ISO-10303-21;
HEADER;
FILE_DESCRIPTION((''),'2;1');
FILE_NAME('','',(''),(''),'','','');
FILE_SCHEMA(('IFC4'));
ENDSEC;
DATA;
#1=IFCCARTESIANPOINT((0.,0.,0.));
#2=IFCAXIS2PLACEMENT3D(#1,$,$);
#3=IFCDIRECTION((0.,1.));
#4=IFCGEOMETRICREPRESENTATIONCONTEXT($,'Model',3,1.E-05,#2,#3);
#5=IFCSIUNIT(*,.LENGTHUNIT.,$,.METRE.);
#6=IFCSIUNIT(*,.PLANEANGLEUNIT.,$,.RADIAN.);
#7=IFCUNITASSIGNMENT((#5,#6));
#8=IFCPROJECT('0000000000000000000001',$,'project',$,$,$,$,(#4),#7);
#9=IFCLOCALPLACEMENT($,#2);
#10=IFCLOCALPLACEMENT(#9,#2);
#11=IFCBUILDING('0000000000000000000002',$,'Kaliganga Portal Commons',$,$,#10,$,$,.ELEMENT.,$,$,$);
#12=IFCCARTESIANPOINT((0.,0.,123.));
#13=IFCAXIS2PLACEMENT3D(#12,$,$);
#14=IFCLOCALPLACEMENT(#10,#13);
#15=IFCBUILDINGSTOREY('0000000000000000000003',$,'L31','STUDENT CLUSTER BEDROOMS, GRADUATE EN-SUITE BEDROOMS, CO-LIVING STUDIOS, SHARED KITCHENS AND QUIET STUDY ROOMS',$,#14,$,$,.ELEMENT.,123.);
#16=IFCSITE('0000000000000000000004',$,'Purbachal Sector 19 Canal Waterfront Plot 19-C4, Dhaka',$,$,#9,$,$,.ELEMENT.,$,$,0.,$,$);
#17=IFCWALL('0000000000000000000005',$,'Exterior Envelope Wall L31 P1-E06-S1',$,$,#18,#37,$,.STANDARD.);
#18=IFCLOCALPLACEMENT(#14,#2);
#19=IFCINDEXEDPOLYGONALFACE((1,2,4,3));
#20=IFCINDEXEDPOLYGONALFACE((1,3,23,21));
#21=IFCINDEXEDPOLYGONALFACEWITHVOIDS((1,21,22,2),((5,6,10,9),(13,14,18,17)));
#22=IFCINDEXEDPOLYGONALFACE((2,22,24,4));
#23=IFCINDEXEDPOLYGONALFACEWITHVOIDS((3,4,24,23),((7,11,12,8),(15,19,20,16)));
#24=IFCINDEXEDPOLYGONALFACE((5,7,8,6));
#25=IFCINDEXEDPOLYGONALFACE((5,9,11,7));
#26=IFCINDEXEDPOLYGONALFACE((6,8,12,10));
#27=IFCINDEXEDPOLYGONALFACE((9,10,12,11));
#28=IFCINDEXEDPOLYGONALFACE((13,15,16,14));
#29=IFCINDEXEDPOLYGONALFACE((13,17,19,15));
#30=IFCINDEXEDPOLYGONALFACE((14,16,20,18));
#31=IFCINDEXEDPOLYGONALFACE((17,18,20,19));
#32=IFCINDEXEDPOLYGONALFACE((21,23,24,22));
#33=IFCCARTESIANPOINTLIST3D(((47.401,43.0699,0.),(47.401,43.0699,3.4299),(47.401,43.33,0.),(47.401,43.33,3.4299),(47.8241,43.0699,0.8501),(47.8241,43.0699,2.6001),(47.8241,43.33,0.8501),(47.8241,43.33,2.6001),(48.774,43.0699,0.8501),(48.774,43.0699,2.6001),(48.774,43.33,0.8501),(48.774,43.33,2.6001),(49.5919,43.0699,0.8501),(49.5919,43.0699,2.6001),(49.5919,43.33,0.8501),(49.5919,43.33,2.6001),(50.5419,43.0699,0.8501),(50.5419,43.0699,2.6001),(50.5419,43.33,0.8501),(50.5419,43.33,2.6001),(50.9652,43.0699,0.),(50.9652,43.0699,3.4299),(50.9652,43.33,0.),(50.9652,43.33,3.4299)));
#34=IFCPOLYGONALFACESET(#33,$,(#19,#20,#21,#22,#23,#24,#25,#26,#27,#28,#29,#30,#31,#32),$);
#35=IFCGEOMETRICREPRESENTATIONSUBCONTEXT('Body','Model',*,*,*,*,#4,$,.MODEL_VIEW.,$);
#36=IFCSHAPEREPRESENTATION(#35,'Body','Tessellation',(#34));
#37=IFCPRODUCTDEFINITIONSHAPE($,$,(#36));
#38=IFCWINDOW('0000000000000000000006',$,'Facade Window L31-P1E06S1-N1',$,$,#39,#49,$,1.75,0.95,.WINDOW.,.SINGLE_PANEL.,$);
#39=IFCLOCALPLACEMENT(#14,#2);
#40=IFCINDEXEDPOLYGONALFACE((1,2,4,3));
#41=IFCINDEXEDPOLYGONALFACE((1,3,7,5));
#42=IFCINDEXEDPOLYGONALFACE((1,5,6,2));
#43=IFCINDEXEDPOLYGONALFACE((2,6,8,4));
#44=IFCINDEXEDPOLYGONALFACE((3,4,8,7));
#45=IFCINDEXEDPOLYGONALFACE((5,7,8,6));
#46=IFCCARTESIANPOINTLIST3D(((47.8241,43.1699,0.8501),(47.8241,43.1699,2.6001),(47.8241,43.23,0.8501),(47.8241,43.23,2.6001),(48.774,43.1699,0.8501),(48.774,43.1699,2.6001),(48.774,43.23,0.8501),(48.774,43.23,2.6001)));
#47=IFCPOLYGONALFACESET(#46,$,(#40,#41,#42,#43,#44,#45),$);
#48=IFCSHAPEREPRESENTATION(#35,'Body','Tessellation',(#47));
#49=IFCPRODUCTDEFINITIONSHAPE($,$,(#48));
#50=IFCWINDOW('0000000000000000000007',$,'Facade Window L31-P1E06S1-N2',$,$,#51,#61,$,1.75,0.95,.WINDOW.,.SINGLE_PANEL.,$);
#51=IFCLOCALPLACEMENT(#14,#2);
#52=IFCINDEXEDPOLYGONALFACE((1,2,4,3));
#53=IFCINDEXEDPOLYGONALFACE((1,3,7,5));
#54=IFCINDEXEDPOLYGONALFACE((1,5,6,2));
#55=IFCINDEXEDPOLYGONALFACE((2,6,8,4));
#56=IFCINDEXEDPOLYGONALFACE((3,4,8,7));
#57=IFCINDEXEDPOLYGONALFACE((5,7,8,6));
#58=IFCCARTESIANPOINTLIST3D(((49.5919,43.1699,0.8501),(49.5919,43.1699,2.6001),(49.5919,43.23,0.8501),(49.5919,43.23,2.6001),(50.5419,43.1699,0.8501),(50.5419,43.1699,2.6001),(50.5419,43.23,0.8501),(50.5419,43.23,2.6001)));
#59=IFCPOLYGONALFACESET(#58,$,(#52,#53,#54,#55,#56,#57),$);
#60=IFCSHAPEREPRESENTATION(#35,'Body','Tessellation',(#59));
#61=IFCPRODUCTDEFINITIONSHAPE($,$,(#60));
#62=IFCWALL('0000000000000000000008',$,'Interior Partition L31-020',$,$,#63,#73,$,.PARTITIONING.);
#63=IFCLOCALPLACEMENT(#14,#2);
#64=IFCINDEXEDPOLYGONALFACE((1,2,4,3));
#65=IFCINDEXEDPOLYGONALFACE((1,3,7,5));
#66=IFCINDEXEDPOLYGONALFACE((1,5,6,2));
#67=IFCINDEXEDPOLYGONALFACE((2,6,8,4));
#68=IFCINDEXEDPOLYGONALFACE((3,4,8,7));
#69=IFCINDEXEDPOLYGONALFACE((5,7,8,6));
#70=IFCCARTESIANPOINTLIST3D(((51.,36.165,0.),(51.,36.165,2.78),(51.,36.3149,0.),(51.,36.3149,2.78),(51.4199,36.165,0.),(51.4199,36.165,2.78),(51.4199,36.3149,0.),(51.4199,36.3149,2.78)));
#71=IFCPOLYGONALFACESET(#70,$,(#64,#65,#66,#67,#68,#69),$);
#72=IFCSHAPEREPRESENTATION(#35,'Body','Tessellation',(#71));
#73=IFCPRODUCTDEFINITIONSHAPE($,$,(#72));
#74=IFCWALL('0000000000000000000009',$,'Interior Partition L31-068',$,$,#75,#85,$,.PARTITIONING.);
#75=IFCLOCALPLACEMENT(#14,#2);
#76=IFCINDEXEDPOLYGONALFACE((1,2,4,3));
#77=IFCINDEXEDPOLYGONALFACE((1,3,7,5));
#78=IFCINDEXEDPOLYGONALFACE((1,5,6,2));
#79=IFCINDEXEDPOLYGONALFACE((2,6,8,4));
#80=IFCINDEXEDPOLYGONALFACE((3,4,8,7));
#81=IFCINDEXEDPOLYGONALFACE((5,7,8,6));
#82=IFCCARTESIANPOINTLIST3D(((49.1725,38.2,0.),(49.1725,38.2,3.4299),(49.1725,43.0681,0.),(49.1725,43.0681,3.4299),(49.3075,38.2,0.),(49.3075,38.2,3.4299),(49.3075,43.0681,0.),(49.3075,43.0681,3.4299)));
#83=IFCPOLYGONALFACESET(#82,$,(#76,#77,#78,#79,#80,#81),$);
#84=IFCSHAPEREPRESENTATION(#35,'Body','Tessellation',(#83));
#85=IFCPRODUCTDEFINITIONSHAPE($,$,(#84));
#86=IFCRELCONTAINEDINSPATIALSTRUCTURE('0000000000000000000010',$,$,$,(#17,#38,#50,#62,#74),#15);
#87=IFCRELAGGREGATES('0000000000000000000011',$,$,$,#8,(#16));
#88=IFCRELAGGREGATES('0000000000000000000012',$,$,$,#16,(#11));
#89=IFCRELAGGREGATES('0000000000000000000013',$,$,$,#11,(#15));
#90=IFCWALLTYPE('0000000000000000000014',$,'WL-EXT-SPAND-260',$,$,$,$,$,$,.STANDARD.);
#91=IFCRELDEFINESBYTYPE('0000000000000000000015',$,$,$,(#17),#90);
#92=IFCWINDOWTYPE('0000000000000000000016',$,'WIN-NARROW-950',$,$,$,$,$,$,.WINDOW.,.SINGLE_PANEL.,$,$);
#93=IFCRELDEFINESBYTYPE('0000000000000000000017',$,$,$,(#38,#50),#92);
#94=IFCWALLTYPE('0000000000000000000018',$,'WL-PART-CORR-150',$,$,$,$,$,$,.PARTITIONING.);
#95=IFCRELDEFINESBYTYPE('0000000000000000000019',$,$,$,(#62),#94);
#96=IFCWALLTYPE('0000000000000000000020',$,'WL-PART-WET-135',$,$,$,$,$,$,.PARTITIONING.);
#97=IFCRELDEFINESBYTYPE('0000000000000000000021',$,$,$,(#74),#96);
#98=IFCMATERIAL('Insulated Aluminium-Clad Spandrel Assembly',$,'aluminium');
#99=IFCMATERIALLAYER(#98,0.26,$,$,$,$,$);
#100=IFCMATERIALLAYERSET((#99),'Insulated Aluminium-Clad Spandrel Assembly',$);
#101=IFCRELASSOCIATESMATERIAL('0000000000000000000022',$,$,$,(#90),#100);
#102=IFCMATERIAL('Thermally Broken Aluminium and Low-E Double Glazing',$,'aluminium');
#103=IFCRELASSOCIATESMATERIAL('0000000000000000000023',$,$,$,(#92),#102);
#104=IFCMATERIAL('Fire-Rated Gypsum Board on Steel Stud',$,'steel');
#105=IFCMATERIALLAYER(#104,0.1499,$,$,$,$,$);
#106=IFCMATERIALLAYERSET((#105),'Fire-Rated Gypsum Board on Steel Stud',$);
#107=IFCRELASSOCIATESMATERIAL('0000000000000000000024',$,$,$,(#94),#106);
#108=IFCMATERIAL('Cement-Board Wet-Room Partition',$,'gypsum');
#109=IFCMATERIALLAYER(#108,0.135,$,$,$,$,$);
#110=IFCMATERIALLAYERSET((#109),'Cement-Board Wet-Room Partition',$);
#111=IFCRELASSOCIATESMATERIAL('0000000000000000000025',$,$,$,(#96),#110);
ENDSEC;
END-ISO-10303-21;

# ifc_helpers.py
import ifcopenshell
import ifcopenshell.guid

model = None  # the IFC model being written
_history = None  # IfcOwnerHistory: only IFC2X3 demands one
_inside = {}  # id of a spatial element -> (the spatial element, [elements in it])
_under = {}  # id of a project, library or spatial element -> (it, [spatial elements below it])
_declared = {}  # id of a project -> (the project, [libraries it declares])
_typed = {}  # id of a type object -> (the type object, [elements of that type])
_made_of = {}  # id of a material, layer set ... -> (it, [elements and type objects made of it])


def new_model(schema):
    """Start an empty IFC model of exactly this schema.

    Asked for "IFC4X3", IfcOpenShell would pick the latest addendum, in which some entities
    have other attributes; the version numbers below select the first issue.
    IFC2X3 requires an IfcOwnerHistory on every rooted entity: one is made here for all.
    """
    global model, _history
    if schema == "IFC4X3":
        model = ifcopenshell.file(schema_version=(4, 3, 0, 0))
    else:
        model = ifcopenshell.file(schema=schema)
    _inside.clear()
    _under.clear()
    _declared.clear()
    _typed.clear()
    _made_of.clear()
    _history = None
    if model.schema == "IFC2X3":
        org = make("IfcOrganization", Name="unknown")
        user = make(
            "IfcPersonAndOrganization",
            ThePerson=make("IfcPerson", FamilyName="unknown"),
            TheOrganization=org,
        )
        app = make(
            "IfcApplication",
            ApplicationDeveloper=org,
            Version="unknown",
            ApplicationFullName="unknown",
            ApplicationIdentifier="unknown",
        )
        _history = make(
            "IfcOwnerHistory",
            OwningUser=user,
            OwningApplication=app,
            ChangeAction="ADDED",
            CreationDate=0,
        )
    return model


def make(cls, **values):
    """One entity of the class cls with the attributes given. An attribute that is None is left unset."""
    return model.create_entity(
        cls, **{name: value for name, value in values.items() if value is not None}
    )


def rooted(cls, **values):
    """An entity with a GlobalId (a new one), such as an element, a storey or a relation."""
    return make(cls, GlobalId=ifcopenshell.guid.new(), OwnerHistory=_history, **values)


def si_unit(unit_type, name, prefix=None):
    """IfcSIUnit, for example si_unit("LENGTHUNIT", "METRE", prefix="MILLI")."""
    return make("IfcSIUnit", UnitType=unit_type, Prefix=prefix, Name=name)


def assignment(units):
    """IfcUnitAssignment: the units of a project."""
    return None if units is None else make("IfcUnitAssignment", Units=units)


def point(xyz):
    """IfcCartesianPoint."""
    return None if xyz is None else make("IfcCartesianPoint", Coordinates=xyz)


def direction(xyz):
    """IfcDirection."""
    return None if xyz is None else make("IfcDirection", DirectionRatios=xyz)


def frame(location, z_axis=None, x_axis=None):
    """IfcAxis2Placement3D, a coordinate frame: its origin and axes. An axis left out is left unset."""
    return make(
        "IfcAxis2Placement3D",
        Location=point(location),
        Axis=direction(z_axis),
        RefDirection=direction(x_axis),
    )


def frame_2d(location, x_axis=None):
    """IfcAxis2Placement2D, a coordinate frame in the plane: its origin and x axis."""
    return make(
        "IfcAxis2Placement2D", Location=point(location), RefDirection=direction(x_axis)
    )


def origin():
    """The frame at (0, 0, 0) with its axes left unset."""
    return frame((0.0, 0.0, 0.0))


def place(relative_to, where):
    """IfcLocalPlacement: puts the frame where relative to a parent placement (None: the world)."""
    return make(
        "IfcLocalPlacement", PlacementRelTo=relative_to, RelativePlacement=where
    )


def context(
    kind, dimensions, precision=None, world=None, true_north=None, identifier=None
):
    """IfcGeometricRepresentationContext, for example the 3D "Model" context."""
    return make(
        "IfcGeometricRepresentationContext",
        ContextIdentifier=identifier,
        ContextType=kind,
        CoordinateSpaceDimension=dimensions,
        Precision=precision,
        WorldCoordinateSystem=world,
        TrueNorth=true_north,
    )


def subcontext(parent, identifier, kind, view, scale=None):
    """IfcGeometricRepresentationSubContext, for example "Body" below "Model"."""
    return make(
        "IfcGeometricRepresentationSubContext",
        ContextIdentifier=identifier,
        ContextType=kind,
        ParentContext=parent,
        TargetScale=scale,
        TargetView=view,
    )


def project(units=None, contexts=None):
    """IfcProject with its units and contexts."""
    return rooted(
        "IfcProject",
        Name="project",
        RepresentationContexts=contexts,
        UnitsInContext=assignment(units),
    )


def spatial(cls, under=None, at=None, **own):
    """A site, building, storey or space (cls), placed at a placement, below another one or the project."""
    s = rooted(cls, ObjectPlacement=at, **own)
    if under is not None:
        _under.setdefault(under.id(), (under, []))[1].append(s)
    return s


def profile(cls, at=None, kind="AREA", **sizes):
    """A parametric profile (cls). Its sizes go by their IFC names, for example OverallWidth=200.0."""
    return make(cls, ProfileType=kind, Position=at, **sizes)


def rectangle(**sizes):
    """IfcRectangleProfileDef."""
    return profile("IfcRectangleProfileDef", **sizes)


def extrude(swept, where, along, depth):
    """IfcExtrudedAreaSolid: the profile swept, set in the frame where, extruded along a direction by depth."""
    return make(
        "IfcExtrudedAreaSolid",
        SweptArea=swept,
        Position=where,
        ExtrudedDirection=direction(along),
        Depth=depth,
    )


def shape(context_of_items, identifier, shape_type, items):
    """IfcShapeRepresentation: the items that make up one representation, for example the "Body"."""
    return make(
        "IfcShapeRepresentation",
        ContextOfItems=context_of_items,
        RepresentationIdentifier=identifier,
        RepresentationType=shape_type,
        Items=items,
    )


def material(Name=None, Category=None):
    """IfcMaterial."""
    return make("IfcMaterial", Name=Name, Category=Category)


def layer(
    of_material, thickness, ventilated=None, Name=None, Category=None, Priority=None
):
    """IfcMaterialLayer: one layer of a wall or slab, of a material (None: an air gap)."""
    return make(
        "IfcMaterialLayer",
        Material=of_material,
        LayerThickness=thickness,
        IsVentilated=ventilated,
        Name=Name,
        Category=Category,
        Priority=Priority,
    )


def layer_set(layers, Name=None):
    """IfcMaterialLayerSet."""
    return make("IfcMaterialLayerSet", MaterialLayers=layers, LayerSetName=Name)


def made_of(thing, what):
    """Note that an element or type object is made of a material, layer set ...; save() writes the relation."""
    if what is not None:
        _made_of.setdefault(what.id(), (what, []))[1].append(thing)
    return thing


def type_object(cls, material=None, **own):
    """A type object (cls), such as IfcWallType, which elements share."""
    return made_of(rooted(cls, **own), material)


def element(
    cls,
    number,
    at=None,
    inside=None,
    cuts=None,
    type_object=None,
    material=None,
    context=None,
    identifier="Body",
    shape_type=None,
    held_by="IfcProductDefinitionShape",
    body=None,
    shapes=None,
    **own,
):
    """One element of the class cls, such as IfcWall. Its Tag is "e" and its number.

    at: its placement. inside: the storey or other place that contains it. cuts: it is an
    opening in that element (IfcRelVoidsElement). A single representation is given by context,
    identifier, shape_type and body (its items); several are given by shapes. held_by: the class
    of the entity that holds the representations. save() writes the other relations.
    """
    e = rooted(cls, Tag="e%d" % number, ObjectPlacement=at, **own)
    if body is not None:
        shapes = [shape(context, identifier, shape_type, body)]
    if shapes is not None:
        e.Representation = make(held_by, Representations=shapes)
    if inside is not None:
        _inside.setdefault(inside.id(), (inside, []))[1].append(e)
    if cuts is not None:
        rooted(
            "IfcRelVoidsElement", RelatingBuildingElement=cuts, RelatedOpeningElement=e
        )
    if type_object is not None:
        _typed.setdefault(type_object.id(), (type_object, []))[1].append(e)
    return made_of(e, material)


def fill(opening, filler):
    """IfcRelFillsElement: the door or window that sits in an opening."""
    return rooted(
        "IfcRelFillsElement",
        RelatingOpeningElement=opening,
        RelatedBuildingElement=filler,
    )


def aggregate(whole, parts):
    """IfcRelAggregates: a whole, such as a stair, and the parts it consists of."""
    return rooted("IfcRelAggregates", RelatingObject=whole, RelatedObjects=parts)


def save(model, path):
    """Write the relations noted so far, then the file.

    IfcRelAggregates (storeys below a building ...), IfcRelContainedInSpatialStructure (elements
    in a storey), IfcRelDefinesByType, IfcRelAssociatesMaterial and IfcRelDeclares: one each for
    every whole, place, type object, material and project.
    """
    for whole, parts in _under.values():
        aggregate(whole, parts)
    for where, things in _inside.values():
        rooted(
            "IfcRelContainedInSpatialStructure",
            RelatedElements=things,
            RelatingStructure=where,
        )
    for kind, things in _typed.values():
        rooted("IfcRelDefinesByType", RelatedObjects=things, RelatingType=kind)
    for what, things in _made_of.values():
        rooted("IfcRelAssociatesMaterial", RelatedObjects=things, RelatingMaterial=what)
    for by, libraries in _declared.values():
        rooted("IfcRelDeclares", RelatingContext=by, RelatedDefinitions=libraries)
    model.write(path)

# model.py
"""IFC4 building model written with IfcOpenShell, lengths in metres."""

from ifc_helpers import new_model, si_unit, direction, frame, frame_2d, origin, place, context, subcontext, project, spatial, rectangle, extrude, material, layer, layer_set, type_object, element, fill, save


model = new_model("IFC4")

# Units and contexts
model_context = context("Model", 3, precision=1e-05, world=origin(), true_north=direction((0.0, 1.0)))
body_context = subcontext(model_context, "Body", "Model", "MODEL_VIEW")
ifc_project = project(units=[si_unit("LENGTHUNIT", "METRE"), si_unit("PLANEANGLEUNIT", "RADIAN")], contexts=[model_context])

# Site, building, storey
site_placement = place(None, origin())
site = spatial("IfcSite", under=ifc_project, at=site_placement, Name="Purbachal Sector 19 Canal Waterfront Plot 19-C4, Dhaka", CompositionType="ELEMENT", RefElevation=0.0)
building_placement = place(site_placement, origin())
building = spatial("IfcBuilding", under=site, at=building_placement, Name="Kaliganga Portal Commons", CompositionType="ELEMENT")
storey_placement = place(building_placement, frame((0.0, 0.0, 123.0)))
storey = spatial("IfcBuildingStorey", under=building, at=storey_placement, Name="L31", Description="STUDENT CLUSTER BEDROOMS, GRADUATE EN-SUITE BEDROOMS, CO-LIVING STUDIOS, SHARED KITCHENS AND QUIET STUDY ROOMS", CompositionType="ELEMENT", Elevation=123.0)

# Wall, openings, windows
ifc_material_1 = material(Name="Insulated Aluminium-Clad Spandrel Assembly", Category="aluminium")
ifc_layer_1 = layer(ifc_material_1, 0.26)
ifc_layer_set_1 = layer_set([ifc_layer_1], Name="Insulated Aluminium-Clad Spandrel Assembly")
wall_type_1 = type_object("IfcWallType", Name="WL-EXT-SPAND-260", PredefinedType="STANDARD", material=ifc_layer_set_1)
wall_1_placement = place(storey_placement, frame((47.4009, 43.2, 0.0), z_axis=(0.0, 0.0, 1.0), x_axis=(1.0, 0.0, 0.0)))
wall_1 = element("IfcWall", 1, at=wall_1_placement, inside=storey, type_object=wall_type_1, Name="Exterior Envelope Wall L31 P1-E06-S1", PredefinedType="STANDARD", context=body_context, shape_type="SweptSolid", body=[
    extrude(rectangle(XDim=3.5642, YDim=0.26, at=frame_2d((1.7822, 0.0))), origin(), (0.0, 0.0, 1.0), 3.4299),
])
opening_1_placement = place(wall_1_placement, frame((0.4231, 0.0, 0.8501)))
opening_1 = element("IfcOpeningElement", 2, at=opening_1_placement, cuts=wall_1, PredefinedType="OPENING", context=body_context, shape_type="SweptSolid", body=[
    extrude(rectangle(XDim=0.95, YDim=1.75, at=frame_2d((0.4751, 0.875))), frame((0.0, 0.1401, 0.0), z_axis=(0.0, -1.0, 0.0), x_axis=(1.0, 0.0, 0.0)), (0.0, 0.0, 1.0), 0.28),
])
opening_2_placement = place(wall_1_placement, frame((2.1909, 0.0, 0.8501)))
opening_2 = element("IfcOpeningElement", 3, at=opening_2_placement, cuts=wall_1, PredefinedType="OPENING", context=body_context, shape_type="SweptSolid", body=[
    extrude(rectangle(XDim=0.95, YDim=1.75, at=frame_2d((0.4751, 0.875))), frame((0.0, 0.1401, 0.0), z_axis=(0.0, -1.0, 0.0), x_axis=(1.0, 0.0, 0.0)), (0.0, 0.0, 1.0), 0.28),
])
ifc_material_2 = material(Name="Thermally Broken Aluminium and Low-E Double Glazing", Category="aluminium")
window_type = type_object("IfcWindowType", Name="WIN-NARROW-950", PartitioningType="SINGLE_PANEL", PredefinedType="WINDOW", material=ifc_material_2)
window_1_placement = place(opening_1_placement, origin())
window_1 = element("IfcWindow", 4, at=window_1_placement, inside=storey, type_object=window_type, Name="Facade Window L31-P1E06S1-N1", OverallHeight=1.75, OverallWidth=0.95, PartitioningType="SINGLE_PANEL", PredefinedType="WINDOW", context=body_context, shape_type="SweptSolid", body=[
    extrude(rectangle(XDim=0.95, YDim=1.75, at=frame_2d((0.4751, 0.875))), frame((0.0, 0.03, 0.0), z_axis=(0.0, -1.0, 0.0), x_axis=(1.0, 0.0, 0.0)), (0.0, 0.0, 1.0), 0.0601),
])
fill(opening_1, window_1)
window_2_placement = place(opening_2_placement, origin())
window_2 = element("IfcWindow", 5, at=window_2_placement, inside=storey, type_object=window_type, Name="Facade Window L31-P1E06S1-N2", OverallHeight=1.75, OverallWidth=0.95, PartitioningType="SINGLE_PANEL", PredefinedType="WINDOW", context=body_context, shape_type="SweptSolid", body=[
    extrude(rectangle(XDim=0.95, YDim=1.75, at=frame_2d((0.4751, 0.875))), frame((0.0, 0.03, 0.0), z_axis=(0.0, -1.0, 0.0), x_axis=(1.0, 0.0, 0.0)), (0.0, 0.0, 1.0), 0.0601),
])
fill(opening_2, window_2)

# Shared definitions
ifc_material_3 = material(Name="Fire-Rated Gypsum Board on Steel Stud", Category="steel")
ifc_layer_2 = layer(ifc_material_3, 0.1499)
ifc_layer_set_2 = layer_set([ifc_layer_2], Name="Fire-Rated Gypsum Board on Steel Stud")
wall_type_2 = type_object("IfcWallType", Name="WL-PART-CORR-150", PredefinedType="PARTITIONING", material=ifc_layer_set_2)

# Wall
wall_2_placement = place(storey_placement, frame((51.0, 36.24, 0.0), z_axis=(0.0, 0.0, 1.0), x_axis=(1.0, 0.0, 0.0)))
element("IfcWall", 6, at=wall_2_placement, inside=storey, type_object=wall_type_2, Name="Interior Partition L31-020", PredefinedType="PARTITIONING", context=body_context, shape_type="SweptSolid", body=[
    extrude(rectangle(XDim=0.4199, YDim=0.1499, at=frame_2d((0.21, 0.0))), origin(), (0.0, 0.0, 1.0), 2.78),
])

# Wall
ifc_material_4 = material(Name="Cement-Board Wet-Room Partition", Category="gypsum")
ifc_layer_3 = layer(ifc_material_4, 0.135)
ifc_layer_set_3 = layer_set([ifc_layer_3], Name="Cement-Board Wet-Room Partition")
wall_type_3 = type_object("IfcWallType", Name="WL-PART-WET-135", PredefinedType="PARTITIONING", material=ifc_layer_set_3)
wall_3_placement = place(storey_placement, frame((49.24, 38.2, 0.0), z_axis=(0.0, 0.0, 1.0), x_axis=(0.0, 1.0, 0.0)))
element("IfcWall", 7, at=wall_3_placement, inside=storey, type_object=wall_type_3, Name="Interior Partition L31-068", PredefinedType="PARTITIONING", context=body_context, shape_type="SweptSolid", body=[
    extrude(rectangle(XDim=4.8682, YDim=0.135, at=frame_2d((2.4341, 0.0))), origin(), (0.0, 0.0, 1.0), 3.4299),
])

save(model, "model.ifc")
